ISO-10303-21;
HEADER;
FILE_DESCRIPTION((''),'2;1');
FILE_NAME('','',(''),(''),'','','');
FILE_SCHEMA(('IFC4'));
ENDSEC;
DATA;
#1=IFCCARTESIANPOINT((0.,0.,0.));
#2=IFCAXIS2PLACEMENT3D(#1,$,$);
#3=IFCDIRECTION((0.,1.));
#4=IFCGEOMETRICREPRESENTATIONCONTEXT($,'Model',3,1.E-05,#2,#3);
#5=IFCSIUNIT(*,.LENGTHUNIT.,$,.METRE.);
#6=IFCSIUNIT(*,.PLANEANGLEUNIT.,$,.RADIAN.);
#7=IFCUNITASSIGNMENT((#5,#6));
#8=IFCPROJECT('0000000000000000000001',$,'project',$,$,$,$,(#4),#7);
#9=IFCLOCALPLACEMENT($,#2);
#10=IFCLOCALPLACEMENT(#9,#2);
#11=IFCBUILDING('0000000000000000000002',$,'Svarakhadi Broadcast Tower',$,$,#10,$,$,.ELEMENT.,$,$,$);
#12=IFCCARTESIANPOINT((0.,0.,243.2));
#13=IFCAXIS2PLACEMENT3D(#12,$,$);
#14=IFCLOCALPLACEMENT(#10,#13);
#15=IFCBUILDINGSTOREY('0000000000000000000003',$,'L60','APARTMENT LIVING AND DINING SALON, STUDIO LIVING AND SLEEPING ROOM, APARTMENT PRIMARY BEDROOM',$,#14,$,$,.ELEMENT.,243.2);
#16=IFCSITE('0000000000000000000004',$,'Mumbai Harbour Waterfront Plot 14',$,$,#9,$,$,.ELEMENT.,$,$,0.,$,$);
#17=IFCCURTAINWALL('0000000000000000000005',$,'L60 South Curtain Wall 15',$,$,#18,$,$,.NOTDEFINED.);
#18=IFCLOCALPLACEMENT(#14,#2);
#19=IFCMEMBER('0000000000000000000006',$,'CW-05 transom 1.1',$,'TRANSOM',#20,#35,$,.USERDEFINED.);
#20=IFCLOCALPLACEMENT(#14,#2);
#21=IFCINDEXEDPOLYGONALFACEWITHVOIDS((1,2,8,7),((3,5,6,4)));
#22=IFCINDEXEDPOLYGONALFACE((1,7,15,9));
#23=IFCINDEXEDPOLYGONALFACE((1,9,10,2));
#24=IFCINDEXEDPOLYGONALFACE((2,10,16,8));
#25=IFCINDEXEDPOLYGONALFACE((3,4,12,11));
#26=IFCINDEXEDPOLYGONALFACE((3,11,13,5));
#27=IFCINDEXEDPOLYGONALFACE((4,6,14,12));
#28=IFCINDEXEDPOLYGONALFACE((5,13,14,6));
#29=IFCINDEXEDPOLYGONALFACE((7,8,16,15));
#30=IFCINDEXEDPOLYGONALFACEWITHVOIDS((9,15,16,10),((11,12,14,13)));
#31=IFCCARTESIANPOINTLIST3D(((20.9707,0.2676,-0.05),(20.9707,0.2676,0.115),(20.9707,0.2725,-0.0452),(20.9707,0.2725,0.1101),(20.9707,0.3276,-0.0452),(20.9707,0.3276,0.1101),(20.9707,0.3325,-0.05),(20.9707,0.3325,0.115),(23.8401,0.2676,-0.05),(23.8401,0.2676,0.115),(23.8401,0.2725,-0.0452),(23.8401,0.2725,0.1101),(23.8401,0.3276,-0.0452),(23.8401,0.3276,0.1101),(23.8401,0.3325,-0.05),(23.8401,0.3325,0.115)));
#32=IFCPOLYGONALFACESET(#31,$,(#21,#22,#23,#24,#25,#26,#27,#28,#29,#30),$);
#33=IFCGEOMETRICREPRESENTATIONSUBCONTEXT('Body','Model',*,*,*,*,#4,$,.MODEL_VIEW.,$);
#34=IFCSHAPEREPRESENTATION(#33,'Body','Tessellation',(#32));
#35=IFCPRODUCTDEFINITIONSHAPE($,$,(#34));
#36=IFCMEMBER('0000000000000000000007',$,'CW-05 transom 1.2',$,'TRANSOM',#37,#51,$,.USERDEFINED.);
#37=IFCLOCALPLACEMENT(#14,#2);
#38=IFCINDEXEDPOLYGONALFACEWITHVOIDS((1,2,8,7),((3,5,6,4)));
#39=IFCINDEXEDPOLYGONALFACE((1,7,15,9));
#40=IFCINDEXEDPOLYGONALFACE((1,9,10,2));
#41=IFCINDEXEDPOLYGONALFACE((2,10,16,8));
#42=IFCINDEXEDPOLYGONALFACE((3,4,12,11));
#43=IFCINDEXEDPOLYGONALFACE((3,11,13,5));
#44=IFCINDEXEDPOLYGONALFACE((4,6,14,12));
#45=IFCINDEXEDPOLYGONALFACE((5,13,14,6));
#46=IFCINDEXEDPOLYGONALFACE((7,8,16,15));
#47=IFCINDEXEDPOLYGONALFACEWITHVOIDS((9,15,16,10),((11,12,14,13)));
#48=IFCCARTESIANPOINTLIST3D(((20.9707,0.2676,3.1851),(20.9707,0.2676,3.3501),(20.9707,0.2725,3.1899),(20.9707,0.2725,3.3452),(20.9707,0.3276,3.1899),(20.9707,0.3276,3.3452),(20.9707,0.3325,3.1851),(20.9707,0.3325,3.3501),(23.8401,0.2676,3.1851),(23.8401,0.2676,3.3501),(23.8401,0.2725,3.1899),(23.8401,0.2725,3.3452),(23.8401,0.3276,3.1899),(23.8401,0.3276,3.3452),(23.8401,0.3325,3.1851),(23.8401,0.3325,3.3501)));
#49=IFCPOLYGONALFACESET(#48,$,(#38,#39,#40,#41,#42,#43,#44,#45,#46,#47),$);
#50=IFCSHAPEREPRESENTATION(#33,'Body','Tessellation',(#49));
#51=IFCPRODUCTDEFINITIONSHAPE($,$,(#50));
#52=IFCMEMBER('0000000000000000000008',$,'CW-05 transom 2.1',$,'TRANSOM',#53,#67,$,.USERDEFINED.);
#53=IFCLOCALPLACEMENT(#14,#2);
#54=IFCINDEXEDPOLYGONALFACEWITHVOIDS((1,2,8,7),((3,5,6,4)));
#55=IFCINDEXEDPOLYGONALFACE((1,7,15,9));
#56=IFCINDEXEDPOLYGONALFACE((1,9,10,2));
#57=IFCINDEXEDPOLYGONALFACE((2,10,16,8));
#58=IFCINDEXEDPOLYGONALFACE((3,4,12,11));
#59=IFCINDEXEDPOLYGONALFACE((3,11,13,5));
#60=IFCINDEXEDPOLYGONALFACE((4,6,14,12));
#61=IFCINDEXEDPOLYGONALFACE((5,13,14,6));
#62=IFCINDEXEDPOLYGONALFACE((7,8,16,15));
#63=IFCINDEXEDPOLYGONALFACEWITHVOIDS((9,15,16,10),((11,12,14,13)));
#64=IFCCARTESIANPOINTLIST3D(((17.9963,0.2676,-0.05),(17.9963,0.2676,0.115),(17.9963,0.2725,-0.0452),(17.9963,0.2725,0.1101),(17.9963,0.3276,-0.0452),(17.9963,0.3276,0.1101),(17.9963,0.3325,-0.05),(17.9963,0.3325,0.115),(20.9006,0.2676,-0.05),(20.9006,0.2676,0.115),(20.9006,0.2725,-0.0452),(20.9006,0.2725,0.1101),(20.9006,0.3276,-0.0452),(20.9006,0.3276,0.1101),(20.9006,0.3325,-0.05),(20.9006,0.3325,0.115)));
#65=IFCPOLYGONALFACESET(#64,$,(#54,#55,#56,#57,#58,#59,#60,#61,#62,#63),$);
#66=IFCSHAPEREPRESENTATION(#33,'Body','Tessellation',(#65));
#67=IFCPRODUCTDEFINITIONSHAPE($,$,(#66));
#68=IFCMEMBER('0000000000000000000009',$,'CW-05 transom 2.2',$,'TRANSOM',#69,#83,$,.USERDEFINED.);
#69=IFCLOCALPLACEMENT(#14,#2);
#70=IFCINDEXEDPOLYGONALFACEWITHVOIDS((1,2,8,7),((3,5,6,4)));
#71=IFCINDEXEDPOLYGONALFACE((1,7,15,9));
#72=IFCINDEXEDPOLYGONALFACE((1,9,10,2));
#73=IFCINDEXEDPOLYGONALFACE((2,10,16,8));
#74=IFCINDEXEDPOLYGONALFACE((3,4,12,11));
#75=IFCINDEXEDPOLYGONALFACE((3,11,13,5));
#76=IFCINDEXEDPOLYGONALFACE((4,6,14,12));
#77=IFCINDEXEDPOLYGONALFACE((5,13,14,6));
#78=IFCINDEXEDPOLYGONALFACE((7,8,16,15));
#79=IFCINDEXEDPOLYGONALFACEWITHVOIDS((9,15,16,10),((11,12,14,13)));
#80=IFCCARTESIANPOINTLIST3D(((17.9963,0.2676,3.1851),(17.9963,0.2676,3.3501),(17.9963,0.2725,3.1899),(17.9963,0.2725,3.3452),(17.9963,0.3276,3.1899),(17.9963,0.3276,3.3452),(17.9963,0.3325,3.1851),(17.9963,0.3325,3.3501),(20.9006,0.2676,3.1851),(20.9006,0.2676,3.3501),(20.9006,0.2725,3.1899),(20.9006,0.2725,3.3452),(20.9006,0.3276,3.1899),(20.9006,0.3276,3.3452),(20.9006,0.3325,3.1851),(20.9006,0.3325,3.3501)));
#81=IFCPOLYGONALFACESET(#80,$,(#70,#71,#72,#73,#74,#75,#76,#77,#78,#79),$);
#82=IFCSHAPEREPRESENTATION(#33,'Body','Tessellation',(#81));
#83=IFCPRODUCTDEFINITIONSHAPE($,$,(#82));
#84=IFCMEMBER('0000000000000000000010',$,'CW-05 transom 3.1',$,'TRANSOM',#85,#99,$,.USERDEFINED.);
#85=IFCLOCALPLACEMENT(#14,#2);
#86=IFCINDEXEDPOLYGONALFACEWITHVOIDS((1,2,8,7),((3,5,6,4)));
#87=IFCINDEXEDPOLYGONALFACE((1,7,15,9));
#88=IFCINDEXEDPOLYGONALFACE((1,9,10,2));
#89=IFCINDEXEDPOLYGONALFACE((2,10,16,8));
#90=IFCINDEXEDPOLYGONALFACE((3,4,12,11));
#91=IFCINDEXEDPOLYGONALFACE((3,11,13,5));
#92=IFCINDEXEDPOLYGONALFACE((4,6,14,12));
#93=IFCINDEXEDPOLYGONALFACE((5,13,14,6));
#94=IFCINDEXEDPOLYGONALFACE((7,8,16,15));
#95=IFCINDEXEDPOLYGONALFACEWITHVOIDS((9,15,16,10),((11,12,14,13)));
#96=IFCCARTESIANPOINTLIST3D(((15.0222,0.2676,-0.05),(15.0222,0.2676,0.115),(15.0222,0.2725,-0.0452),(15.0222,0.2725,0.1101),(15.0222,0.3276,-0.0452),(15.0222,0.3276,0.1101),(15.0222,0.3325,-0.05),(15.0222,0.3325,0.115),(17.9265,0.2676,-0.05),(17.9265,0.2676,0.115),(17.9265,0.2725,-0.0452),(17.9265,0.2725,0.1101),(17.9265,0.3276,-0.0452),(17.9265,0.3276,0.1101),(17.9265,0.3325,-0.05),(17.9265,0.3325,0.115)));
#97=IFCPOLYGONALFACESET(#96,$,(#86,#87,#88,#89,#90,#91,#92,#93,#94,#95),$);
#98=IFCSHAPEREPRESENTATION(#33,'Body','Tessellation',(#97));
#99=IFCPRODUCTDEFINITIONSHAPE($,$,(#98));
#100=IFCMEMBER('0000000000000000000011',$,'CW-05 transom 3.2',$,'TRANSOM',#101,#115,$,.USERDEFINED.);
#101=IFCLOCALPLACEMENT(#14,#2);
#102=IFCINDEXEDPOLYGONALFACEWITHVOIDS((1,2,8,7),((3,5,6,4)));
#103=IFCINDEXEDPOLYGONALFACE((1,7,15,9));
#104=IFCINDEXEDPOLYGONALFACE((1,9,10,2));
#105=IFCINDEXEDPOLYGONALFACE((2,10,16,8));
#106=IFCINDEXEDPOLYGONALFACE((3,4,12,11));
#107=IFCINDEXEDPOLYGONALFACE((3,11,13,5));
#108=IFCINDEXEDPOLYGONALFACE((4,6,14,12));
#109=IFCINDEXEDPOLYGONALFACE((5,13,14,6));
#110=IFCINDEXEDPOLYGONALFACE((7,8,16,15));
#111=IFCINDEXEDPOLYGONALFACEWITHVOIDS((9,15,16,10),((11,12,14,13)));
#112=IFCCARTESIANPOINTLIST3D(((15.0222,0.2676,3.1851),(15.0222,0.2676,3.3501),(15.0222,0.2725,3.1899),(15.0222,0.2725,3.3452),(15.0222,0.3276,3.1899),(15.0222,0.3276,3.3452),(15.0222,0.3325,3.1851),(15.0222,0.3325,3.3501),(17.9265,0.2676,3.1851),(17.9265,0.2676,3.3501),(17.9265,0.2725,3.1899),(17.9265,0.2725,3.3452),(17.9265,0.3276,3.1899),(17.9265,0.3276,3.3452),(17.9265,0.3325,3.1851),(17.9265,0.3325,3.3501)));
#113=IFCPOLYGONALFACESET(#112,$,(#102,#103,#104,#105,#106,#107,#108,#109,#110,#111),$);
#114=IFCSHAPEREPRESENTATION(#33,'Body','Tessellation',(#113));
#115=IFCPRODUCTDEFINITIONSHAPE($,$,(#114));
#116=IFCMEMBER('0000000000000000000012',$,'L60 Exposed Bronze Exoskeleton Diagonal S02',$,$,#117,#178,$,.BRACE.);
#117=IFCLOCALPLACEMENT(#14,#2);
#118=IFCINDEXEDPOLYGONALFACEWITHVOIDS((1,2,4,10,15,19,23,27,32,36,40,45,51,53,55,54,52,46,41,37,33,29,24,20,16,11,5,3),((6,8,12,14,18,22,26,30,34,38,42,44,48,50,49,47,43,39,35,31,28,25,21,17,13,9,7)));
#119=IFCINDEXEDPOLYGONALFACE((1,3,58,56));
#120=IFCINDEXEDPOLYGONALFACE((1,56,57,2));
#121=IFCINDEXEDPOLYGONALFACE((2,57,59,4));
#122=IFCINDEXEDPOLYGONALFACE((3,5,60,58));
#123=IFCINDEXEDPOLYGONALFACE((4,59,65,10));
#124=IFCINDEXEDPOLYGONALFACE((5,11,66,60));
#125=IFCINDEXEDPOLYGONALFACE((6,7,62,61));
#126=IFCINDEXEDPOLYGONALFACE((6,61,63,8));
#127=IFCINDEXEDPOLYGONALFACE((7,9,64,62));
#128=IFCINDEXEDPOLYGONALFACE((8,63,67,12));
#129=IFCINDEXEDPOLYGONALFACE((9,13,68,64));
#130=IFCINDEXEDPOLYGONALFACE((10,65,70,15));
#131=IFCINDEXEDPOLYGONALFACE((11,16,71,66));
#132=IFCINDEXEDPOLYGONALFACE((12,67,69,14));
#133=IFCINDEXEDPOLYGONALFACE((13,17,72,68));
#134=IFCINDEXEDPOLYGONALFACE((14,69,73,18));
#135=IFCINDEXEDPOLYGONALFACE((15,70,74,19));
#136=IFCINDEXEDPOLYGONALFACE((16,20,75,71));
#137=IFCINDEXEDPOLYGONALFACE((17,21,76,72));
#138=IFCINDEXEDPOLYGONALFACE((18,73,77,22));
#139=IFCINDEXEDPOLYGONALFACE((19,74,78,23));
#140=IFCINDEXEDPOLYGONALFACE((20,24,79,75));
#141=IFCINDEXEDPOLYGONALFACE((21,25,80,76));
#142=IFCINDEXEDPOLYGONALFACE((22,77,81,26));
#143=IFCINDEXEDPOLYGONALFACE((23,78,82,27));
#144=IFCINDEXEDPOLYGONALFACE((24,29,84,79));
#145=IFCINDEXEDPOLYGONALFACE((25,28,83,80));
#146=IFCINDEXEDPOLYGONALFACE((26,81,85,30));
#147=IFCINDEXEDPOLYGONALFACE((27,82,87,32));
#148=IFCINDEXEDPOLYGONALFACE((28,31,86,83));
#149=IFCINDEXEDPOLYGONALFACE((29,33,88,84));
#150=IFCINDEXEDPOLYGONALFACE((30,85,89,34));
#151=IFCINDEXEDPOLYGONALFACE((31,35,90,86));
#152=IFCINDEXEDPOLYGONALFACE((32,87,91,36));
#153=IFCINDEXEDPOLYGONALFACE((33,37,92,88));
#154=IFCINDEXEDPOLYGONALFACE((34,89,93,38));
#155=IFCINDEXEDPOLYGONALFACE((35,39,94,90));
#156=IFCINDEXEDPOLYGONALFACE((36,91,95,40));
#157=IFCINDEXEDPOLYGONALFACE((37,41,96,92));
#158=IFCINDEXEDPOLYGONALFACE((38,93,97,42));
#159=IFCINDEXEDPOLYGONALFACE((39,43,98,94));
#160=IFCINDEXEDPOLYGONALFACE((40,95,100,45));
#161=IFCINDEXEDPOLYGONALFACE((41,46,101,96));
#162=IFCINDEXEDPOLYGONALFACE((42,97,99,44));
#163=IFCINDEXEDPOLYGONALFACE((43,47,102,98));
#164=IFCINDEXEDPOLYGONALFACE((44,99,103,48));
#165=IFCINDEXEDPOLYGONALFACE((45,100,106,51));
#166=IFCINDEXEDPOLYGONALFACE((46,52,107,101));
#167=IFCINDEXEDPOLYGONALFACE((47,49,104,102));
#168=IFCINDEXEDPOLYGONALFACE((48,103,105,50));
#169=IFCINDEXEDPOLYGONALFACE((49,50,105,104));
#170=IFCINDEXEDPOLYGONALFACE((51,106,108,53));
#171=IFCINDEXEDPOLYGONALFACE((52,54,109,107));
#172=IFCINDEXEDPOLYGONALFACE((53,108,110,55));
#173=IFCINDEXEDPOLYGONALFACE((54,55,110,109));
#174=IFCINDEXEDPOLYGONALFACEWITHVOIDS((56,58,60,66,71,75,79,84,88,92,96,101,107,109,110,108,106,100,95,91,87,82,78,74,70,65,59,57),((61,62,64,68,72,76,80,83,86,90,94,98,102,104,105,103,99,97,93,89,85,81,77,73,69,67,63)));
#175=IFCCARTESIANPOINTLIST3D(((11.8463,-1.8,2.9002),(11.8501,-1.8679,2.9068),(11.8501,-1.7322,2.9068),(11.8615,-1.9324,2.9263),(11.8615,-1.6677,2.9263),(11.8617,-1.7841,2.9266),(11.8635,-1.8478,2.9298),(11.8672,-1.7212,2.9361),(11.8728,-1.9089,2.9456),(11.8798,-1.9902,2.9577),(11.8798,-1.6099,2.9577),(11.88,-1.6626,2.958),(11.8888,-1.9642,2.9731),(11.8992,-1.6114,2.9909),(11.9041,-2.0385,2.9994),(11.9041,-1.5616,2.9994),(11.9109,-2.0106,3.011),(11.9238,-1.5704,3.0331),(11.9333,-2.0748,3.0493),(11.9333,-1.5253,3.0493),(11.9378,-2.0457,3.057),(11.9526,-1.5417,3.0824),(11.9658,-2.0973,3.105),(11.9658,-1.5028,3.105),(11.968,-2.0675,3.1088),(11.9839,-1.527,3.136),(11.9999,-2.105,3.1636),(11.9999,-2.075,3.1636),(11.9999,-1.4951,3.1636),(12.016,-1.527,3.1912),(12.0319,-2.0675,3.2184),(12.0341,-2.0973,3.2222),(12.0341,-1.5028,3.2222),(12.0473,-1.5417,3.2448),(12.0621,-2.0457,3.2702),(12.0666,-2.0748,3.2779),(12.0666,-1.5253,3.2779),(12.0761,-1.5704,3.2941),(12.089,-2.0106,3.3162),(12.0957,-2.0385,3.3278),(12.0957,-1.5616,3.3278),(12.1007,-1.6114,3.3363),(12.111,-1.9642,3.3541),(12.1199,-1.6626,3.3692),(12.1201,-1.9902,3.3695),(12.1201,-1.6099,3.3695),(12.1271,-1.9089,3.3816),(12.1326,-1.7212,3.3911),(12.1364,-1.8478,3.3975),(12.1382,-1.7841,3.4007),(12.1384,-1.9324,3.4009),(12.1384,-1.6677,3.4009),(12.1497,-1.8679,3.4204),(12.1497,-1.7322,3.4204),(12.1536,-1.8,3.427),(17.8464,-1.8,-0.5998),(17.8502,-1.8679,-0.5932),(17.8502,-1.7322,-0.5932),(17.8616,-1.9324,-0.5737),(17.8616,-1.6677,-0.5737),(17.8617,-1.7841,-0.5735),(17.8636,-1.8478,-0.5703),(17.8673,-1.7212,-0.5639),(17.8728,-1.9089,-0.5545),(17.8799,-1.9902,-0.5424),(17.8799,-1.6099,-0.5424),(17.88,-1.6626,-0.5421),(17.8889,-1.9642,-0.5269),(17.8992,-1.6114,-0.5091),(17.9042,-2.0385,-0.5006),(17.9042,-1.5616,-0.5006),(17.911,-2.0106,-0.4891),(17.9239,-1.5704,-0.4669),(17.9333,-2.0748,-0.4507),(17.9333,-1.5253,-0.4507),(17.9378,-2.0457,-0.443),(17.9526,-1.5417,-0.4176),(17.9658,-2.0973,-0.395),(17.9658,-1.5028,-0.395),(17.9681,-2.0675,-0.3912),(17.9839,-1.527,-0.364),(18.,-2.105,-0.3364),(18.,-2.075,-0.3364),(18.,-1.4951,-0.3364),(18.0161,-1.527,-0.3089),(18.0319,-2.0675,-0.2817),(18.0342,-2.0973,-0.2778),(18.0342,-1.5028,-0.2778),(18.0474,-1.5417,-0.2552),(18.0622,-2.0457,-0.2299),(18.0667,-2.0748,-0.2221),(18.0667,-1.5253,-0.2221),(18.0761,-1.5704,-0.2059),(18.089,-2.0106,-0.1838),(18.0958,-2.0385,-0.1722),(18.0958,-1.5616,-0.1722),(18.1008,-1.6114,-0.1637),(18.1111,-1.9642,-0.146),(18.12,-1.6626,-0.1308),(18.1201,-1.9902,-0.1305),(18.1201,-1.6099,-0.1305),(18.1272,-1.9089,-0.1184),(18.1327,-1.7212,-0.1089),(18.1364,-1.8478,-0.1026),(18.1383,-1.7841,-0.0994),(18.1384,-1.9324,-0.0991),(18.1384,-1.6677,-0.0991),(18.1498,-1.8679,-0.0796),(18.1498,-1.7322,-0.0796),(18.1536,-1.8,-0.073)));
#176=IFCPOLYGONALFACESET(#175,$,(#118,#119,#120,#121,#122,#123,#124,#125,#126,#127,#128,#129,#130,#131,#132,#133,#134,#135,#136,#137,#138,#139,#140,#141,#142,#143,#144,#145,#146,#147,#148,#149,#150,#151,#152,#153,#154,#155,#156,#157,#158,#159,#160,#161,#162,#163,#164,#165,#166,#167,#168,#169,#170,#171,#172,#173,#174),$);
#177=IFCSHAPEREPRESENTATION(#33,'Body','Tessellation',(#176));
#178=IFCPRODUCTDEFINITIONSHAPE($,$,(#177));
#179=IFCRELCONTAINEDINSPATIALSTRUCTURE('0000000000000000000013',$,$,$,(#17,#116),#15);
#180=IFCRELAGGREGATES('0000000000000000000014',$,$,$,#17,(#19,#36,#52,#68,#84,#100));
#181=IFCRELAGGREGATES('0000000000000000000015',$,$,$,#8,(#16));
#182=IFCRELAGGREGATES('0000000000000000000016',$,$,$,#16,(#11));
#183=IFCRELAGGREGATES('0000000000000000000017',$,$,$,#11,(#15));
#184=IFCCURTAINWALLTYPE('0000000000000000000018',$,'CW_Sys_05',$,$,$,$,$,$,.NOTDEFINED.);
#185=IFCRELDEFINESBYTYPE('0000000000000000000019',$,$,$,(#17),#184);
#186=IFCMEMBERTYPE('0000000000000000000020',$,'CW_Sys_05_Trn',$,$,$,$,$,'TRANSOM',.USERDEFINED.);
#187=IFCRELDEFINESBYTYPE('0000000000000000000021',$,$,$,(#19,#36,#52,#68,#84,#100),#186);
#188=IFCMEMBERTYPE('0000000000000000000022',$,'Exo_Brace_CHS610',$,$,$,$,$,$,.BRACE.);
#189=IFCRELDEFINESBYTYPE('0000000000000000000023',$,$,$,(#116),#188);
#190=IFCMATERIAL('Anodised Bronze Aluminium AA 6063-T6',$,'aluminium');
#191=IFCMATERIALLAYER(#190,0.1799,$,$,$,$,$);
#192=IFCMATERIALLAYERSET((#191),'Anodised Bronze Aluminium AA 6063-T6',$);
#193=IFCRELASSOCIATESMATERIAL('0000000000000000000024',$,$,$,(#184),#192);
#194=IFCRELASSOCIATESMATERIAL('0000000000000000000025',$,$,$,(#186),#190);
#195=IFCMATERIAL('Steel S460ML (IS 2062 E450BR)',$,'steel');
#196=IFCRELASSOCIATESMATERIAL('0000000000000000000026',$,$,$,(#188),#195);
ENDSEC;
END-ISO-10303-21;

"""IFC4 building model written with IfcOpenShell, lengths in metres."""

from ifc_helpers import new_model, si_unit, direction, frame, origin, origin_2d, place, context, subcontext, project, spatial, hollow_rectangle, hollow_circle, extrude, material, layer, layer_set, material_profile, profile_set, type_object, element, aggregate, save


model = new_model("IFC4")

# Units and contexts
model_context = context("Model", 3, precision=1e-05, world=origin(), true_north=direction((0.0, 1.0)))
body_context = subcontext(model_context, "Body", "Model", "MODEL_VIEW")
ifc_project = project(units=[si_unit("LENGTHUNIT", "METRE"), si_unit("PLANEANGLEUNIT", "RADIAN")], contexts=[model_context])

# Site, building, storey
site_placement = place(None, origin())
site = spatial("IfcSite", under=ifc_project, at=site_placement, Name="Mumbai Harbour Waterfront Plot 14", CompositionType="ELEMENT", RefElevation=0.0)
building_placement = place(site_placement, origin())
building = spatial("IfcBuilding", under=site, at=building_placement, Name="Svarakhadi Broadcast Tower", CompositionType="ELEMENT")
storey_placement = place(building_placement, frame((0.0, 0.0, 243.2)))
storey = spatial("IfcBuildingStorey", under=building, at=storey_placement, Name="L60", Description="APARTMENT LIVING AND DINING SALON, STUDIO LIVING AND SLEEPING ROOM, APARTMENT PRIMARY BEDROOM", CompositionType="ELEMENT", Elevation=243.2)

# Shared definitions
ifc_material_1 = material(Name="Steel S460ML (IS 2062 E450BR)", Category="steel")

# Curtain wall, members
ifc_material_2 = material(Name="Anodised Bronze Aluminium AA 6063-T6", Category="aluminium")
ifc_layer_1 = layer(ifc_material_2, 0.1799)
ifc_layer_set_1 = layer_set([ifc_layer_1], Name="Anodised Bronze Aluminium AA 6063-T6")
curtain_wall_type = type_object("IfcCurtainWallType", Name="CW_Sys_05", PredefinedType="NOTDEFINED", material=ifc_layer_set_1)
curtain_wall_placement = place(storey_placement, origin())
curtain_wall = element("IfcCurtainWall", 1, at=curtain_wall_placement, inside=storey, type_object=curtain_wall_type, Name="L60 South Curtain Wall 15", PredefinedType="NOTDEFINED")
ifc_material_profile_1 = material_profile(ifc_material_2, hollow_rectangle(XDim=0.0649, YDim=0.165, WallThickness=0.0049, at=origin_2d()), Name="ALU TRANSOM 165x65x5")
ifc_profile_set_1 = profile_set([ifc_material_profile_1], Name="Anodised Bronze Aluminium AA 6063-T6")
member_type_1 = type_object("IfcMemberType", Name="CW_Sys_05_Trn", ElementType="TRANSOM", PredefinedType="USERDEFINED", material=ifc_profile_set_1)
member_1_placement = place(storey_placement, frame((23.8401, 0.3, 0.0325), z_axis=(-1.0, 0.0, 0.0), x_axis=(0.0, -1.0, 0.0)))
member_1 = element("IfcMember", 2, at=member_1_placement, type_object=member_type_1, Name="CW-05 transom 1.1", ObjectType="TRANSOM", PredefinedType="USERDEFINED", context=body_context, shape_type="SweptSolid", body=[
    extrude(hollow_rectangle(XDim=0.0649, YDim=0.165, WallThickness=0.0049, at=origin_2d()), origin(), (0.0, 0.0, 1.0), 2.8694),
])
member_2_placement = place(storey_placement, frame((23.8401, 0.3, 3.2676), z_axis=(-1.0, 0.0, 0.0), x_axis=(0.0, -1.0, 0.0)))
member_2 = element("IfcMember", 3, at=member_2_placement, type_object=member_type_1, Name="CW-05 transom 1.2", ObjectType="TRANSOM", PredefinedType="USERDEFINED", context=body_context, shape_type="SweptSolid", body=[
    extrude(hollow_rectangle(XDim=0.0649, YDim=0.165, WallThickness=0.0049, at=origin_2d()), origin(), (0.0, 0.0, 1.0), 2.8694),
])
member_3_placement = place(storey_placement, frame((20.9006, 0.3, 0.0325), z_axis=(-1.0, 0.0, 0.0), x_axis=(0.0, -1.0, 0.0)))
member_3 = element("IfcMember", 4, at=member_3_placement, type_object=member_type_1, Name="CW-05 transom 2.1", ObjectType="TRANSOM", PredefinedType="USERDEFINED", context=body_context, shape_type="SweptSolid", body=[
    extrude(hollow_rectangle(XDim=0.0649, YDim=0.165, WallThickness=0.0049, at=origin_2d()), origin(), (0.0, 0.0, 1.0), 2.9043),
])
member_4_placement = place(storey_placement, frame((20.9006, 0.3, 3.2676), z_axis=(-1.0, 0.0, 0.0), x_axis=(0.0, -1.0, 0.0)))
member_4 = element("IfcMember", 5, at=member_4_placement, type_object=member_type_1, Name="CW-05 transom 2.2", ObjectType="TRANSOM", PredefinedType="USERDEFINED", context=body_context, shape_type="SweptSolid", body=[
    extrude(hollow_rectangle(XDim=0.0649, YDim=0.165, WallThickness=0.0049, at=origin_2d()), origin(), (0.0, 0.0, 1.0), 2.9043),
])
member_5_placement = place(storey_placement, frame((17.9265, 0.3, 0.0325), z_axis=(-1.0, 0.0, 0.0), x_axis=(0.0, -1.0, 0.0)))
member_5 = element("IfcMember", 6, at=member_5_placement, type_object=member_type_1, Name="CW-05 transom 3.1", ObjectType="TRANSOM", PredefinedType="USERDEFINED", context=body_context, shape_type="SweptSolid", body=[
    extrude(hollow_rectangle(XDim=0.0649, YDim=0.165, WallThickness=0.0049, at=origin_2d()), origin(), (0.0, 0.0, 1.0), 2.9043),
])
member_6_placement = place(storey_placement, frame((17.9265, 0.3, 3.2676), z_axis=(-1.0, 0.0, 0.0), x_axis=(0.0, -1.0, 0.0)))
member_6 = element("IfcMember", 7, at=member_6_placement, type_object=member_type_1, Name="CW-05 transom 3.2", ObjectType="TRANSOM", PredefinedType="USERDEFINED", context=body_context, shape_type="SweptSolid", body=[
    extrude(hollow_rectangle(XDim=0.0649, YDim=0.165, WallThickness=0.0049, at=origin_2d()), origin(), (0.0, 0.0, 1.0), 2.9043),
])

# Member
ifc_material_profile_2 = material_profile(ifc_material_1, hollow_circle(Radius=0.3049, WallThickness=0.03, at=origin_2d()), Name="CHS 610x30")
ifc_profile_set_2 = profile_set([ifc_material_profile_2], Name="Steel S460ML (IS 2062 E450BR)")
member_type_2 = type_object("IfcMemberType", Name="Exo_Brace_CHS610", PredefinedType="BRACE", material=ifc_profile_set_2)
member_7_placement = place(storey_placement, frame((18.0, -1.8, -0.3364), z_axis=(-0.863779, 0.0, 0.503871), x_axis=(0.0, -1.0, 0.0)))
element("IfcMember", 8, at=member_7_placement, inside=storey, type_object=member_type_2, Name="L60 Exposed Bronze Exoskeleton Diagonal S02", PredefinedType="BRACE", context=body_context, shape_type="SweptSolid", body=[
    extrude(hollow_circle(Radius=0.3049, WallThickness=0.03, at=origin_2d()), origin(), (0.0, 0.0, 1.0), 6.9463),
])

aggregate(curtain_wall, [member_1, member_2, member_3, member_4, member_5, member_6])

save(model, "model.ifc")
